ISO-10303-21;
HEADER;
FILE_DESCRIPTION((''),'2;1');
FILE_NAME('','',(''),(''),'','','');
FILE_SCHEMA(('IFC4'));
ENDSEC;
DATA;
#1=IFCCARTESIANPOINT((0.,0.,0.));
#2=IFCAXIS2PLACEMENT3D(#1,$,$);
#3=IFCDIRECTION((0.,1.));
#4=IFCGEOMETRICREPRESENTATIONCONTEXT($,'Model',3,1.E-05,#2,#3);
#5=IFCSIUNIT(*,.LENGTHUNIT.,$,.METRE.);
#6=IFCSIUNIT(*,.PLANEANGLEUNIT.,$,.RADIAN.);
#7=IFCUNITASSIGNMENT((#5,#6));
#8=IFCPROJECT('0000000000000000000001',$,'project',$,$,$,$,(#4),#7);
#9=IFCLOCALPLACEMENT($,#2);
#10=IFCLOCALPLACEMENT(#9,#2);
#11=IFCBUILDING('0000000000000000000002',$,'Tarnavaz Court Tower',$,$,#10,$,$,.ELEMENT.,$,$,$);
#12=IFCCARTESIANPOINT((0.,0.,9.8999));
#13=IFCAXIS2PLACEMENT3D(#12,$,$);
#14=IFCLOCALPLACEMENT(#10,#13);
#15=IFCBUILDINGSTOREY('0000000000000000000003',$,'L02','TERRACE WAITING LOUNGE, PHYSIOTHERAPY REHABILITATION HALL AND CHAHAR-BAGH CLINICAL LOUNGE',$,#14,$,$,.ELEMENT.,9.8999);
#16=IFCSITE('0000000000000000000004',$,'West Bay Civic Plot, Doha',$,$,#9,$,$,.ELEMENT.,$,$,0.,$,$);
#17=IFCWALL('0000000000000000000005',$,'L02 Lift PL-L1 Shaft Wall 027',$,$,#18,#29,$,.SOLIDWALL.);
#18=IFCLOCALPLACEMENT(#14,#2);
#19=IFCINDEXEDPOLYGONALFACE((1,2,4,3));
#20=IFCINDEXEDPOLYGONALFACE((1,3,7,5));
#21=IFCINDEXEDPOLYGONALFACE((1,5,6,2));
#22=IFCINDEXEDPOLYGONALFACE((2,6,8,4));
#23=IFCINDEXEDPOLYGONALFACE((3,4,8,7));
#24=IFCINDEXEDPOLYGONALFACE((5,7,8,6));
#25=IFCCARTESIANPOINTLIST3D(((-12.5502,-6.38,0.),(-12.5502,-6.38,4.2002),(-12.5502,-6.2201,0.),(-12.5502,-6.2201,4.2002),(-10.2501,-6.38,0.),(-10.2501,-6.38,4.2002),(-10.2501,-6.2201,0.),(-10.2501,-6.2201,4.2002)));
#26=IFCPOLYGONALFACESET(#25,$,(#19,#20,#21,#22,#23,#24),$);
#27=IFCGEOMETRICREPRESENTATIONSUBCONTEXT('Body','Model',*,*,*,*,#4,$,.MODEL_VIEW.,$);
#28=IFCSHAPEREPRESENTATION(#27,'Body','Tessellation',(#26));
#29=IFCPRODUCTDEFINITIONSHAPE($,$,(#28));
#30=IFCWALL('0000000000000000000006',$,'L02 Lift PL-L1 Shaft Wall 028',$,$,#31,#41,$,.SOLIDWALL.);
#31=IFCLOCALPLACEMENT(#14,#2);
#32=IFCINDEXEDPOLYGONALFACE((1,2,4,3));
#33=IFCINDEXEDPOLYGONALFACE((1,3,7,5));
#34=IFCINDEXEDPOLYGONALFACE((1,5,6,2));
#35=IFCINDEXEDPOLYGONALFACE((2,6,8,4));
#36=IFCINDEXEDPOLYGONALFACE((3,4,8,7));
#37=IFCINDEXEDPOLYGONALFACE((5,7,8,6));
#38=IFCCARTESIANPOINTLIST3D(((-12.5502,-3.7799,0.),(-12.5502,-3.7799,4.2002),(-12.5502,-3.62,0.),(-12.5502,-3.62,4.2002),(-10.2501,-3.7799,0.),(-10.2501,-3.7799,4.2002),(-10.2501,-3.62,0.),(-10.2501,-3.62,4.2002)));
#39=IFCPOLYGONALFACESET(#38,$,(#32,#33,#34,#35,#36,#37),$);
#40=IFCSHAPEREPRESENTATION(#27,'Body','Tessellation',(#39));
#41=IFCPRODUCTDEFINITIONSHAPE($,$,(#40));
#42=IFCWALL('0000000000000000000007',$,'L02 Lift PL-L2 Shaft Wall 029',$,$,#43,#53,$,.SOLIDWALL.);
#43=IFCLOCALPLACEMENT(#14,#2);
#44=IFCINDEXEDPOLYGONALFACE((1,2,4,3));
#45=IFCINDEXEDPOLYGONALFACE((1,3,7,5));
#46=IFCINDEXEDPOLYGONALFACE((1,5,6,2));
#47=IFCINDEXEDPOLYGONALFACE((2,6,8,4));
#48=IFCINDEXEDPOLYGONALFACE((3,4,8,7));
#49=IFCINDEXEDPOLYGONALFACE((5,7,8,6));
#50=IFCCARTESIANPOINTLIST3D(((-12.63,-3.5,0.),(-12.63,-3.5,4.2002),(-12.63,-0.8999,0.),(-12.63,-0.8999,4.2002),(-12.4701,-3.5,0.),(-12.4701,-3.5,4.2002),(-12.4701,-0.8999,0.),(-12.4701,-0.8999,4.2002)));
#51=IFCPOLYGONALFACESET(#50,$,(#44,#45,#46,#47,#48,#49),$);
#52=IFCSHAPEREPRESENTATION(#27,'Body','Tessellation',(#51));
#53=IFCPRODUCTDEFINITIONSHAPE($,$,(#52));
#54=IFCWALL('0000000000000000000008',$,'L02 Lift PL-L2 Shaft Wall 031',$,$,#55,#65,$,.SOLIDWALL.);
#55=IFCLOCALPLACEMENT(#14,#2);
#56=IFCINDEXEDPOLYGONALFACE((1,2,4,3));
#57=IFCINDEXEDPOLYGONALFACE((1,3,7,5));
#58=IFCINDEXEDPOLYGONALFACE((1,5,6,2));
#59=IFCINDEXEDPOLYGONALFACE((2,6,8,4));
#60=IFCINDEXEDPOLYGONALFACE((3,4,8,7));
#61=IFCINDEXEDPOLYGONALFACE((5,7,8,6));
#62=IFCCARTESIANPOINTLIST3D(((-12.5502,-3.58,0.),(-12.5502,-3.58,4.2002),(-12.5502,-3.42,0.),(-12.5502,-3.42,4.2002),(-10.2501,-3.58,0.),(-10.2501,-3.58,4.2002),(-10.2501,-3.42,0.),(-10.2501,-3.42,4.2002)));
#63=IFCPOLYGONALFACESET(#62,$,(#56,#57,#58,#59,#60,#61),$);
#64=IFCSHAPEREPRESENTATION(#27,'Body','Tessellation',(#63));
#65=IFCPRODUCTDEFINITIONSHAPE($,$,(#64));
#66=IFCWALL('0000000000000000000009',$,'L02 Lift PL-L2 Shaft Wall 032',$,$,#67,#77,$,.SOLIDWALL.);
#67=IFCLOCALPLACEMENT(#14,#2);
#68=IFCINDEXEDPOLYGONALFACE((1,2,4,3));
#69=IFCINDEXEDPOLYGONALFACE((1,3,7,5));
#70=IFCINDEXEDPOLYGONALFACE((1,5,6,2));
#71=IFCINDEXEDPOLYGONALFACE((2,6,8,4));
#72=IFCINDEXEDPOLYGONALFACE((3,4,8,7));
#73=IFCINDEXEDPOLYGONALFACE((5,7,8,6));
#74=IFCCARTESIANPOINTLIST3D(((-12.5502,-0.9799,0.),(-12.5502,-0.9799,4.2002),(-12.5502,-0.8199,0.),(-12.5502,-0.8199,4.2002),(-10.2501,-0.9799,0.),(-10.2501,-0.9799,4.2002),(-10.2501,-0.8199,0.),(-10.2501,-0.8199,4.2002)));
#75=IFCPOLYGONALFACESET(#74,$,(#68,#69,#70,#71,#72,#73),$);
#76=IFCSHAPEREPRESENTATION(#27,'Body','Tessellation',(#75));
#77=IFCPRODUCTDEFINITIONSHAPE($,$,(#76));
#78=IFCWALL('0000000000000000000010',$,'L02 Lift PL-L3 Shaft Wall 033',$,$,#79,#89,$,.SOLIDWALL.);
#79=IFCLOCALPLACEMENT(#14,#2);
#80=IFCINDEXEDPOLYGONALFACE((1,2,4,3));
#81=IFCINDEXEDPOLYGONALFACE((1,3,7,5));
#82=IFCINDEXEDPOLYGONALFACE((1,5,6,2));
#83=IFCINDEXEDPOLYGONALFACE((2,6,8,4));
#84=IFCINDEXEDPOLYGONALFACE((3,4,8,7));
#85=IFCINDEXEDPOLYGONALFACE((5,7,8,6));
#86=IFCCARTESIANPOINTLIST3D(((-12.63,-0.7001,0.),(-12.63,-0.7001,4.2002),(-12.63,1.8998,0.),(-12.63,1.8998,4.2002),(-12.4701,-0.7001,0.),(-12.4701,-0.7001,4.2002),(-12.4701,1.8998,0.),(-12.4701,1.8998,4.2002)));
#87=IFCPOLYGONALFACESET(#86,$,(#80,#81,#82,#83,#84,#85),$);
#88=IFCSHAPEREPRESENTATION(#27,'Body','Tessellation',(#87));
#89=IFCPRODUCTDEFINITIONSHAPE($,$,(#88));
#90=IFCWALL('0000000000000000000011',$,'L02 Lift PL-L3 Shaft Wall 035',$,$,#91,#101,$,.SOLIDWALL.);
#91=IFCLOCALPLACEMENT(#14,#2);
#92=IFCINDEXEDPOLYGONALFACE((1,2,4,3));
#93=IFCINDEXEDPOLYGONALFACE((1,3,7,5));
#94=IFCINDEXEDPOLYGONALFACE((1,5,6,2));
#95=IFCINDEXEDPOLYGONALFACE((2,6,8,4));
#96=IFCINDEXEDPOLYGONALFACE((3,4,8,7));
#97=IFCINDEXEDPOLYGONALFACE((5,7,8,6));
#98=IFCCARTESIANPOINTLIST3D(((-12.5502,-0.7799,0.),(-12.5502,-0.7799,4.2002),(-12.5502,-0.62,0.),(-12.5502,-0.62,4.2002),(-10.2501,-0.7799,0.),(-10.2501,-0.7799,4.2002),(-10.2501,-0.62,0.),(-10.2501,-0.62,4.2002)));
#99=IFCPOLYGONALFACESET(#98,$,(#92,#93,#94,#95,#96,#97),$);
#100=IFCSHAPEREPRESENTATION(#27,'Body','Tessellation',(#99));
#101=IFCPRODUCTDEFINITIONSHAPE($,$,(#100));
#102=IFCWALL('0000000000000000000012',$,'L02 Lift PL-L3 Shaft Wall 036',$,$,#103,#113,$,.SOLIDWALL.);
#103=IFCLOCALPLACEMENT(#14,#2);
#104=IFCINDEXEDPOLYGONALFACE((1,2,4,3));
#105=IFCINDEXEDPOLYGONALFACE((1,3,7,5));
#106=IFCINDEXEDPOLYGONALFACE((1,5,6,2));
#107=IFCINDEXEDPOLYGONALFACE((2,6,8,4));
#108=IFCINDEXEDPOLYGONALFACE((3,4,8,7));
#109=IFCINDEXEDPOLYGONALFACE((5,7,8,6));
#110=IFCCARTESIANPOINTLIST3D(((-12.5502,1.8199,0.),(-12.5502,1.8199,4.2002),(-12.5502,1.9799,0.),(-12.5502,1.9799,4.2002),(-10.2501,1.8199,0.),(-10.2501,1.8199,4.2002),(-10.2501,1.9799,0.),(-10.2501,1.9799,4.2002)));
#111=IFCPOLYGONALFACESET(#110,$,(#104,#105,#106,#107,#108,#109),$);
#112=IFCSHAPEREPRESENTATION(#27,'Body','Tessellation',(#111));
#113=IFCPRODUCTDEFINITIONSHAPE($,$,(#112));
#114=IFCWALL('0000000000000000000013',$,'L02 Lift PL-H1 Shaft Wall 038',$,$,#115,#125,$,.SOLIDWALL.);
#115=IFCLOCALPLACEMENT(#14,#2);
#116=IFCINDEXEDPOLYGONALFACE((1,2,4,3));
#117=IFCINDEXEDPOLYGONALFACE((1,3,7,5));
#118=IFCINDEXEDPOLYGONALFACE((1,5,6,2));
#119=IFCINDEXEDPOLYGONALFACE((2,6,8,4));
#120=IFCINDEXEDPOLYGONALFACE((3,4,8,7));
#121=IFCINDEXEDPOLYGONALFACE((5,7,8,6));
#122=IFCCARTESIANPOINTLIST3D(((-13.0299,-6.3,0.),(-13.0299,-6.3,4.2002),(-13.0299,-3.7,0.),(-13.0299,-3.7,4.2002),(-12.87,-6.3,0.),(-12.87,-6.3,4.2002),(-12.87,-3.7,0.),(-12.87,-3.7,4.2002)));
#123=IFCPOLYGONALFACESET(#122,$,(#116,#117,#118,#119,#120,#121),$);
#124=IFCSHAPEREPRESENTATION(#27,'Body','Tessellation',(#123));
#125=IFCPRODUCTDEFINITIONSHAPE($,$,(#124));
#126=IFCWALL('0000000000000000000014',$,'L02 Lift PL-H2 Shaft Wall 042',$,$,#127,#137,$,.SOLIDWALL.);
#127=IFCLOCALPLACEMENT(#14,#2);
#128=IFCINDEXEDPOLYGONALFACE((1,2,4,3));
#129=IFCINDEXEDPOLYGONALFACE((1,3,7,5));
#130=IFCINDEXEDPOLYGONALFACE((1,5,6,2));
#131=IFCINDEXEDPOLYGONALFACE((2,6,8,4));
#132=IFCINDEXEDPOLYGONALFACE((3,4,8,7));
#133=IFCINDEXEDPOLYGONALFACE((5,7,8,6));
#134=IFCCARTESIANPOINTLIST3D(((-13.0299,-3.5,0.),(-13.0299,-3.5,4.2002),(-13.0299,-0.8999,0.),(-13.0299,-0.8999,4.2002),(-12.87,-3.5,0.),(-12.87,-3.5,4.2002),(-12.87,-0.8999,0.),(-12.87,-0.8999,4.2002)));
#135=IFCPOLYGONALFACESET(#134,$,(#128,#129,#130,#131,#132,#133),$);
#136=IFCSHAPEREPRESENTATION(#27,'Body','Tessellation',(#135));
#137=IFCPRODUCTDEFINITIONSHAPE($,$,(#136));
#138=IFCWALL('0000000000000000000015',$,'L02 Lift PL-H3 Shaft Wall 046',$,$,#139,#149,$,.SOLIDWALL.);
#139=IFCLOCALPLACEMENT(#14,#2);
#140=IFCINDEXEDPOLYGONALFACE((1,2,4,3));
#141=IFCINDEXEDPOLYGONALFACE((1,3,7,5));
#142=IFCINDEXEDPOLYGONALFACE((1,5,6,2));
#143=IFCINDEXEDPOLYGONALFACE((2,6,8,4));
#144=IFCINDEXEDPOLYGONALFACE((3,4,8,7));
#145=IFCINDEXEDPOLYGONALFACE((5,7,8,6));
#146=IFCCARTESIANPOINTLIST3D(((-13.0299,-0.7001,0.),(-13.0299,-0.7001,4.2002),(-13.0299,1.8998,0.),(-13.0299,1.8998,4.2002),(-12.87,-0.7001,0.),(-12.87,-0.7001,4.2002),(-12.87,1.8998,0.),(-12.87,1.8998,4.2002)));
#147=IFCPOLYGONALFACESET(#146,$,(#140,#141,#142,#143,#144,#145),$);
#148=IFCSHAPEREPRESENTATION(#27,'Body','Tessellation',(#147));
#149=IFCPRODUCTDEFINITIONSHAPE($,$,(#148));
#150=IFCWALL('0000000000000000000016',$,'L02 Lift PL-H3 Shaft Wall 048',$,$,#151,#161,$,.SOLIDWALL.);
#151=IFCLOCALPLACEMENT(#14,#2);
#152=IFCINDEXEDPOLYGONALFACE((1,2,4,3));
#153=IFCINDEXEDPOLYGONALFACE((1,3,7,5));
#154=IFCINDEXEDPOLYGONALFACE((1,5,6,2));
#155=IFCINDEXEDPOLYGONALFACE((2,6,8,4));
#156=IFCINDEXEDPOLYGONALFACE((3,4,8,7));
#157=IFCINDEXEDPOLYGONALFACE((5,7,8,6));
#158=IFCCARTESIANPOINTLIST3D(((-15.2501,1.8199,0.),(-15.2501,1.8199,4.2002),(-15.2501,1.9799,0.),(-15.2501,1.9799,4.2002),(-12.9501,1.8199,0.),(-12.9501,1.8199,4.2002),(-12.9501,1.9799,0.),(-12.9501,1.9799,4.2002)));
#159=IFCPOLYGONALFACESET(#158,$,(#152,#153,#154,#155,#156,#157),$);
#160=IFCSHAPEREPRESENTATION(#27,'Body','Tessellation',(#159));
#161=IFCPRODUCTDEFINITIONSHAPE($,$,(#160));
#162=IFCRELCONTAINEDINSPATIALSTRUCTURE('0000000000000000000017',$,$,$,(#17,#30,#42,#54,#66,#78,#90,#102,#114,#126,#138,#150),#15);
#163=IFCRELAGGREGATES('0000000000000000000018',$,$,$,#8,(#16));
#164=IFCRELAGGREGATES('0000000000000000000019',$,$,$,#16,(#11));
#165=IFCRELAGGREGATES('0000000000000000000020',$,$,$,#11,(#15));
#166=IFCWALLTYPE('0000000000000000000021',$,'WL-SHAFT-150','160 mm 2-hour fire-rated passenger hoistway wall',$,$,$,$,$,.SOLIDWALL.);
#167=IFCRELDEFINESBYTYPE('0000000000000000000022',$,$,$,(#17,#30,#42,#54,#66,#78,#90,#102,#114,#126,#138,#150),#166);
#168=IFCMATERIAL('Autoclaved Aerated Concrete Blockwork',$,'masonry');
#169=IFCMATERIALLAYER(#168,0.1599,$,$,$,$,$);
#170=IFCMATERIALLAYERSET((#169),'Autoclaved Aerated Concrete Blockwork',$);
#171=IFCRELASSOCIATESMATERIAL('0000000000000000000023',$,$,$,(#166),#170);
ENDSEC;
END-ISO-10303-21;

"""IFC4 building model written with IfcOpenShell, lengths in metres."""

from ifc_helpers import new_model, si_unit, direction, frame, frame_2d, origin, place, context, subcontext, project, spatial, rectangle, extrude, material, layer, layer_set, type_object, element, save


model = new_model("IFC4")

# Units and contexts
model_context = context("Model", 3, precision=1e-05, world=origin(), true_north=direction((0.0, 1.0)))
body_context = subcontext(model_context, "Body", "Model", "MODEL_VIEW")
ifc_project = project(units=[si_unit("LENGTHUNIT", "METRE"), si_unit("PLANEANGLEUNIT", "RADIAN")], contexts=[model_context])

# Site, building, storey
site_placement = place(None, origin())
site = spatial("IfcSite", under=ifc_project, at=site_placement, Name="West Bay Civic Plot, Doha", CompositionType="ELEMENT", RefElevation=0.0)
building_placement = place(site_placement, origin())
building = spatial("IfcBuilding", under=site, at=building_placement, Name="Tarnavaz Court Tower", CompositionType="ELEMENT")
storey_placement = place(building_placement, frame((0.0, 0.0, 9.8999)))
storey = spatial("IfcBuildingStorey", under=building, at=storey_placement, Name="L02", Description="TERRACE WAITING LOUNGE, PHYSIOTHERAPY REHABILITATION HALL AND CHAHAR-BAGH CLINICAL LOUNGE", CompositionType="ELEMENT", Elevation=9.8999)

# Shared definitions
ifc_material_1 = material(Name="Autoclaved Aerated Concrete Blockwork", Category="masonry")
ifc_layer_1 = layer(ifc_material_1, 0.1599)
ifc_layer_set_1 = layer_set([ifc_layer_1], Name="Autoclaved Aerated Concrete Blockwork")
wall_type_1 = type_object("IfcWallType", Name="WL-SHAFT-150", Description="160 mm 2-hour fire-rated passenger hoistway wall", PredefinedType="SOLIDWALL", material=ifc_layer_set_1)

# Walls
for number, where, z_axis, x_axis, name in (
    (1, (-12.55, -6.3, 0.0), (0.0, 0.0, 1.0), (1.0, 0.0, 0.0), "L02 Lift PL-L1 Shaft Wall 027"),
    (2, (-12.55, -3.7, 0.0), (0.0, 0.0, 1.0), (1.0, 0.0, 0.0), "L02 Lift PL-L1 Shaft Wall 028"),
):
    element("IfcWall", number, at=place(storey_placement, frame(where, z_axis=z_axis, x_axis=x_axis)), inside=storey, type_object=wall_type_1, Name=name, PredefinedType="SOLIDWALL", context=body_context, shape_type="SweptSolid", body=[
        extrude(rectangle(XDim=2.3, YDim=0.1599, at=frame_2d((1.1499, 0.0))), origin(), (0.0, 0.0, 1.0), 4.2002),
    ])
wall_1_placement = place(storey_placement, frame((-12.55, -3.5, 0.0), z_axis=(0.0, 0.0, 1.0), x_axis=(0.0, 1.0, 0.0)))
element("IfcWall", 3, at=wall_1_placement, inside=storey, type_object=wall_type_1, Name="L02 Lift PL-L2 Shaft Wall 029", PredefinedType="SOLIDWALL", context=body_context, shape_type="SweptSolid", body=[
    extrude(rectangle(XDim=2.6001, YDim=0.1599, at=frame_2d((1.3, 0.0))), origin(), (0.0, 0.0, 1.0), 4.2002),
])

# Walls
for number, where, z_axis, x_axis, name in (
    (4, (-12.55, -3.5, 0.0), (0.0, 0.0, 1.0), (1.0, 0.0, 0.0), "L02 Lift PL-L2 Shaft Wall 031"),
    (5, (-12.55, -0.8999, 0.0), (0.0, 0.0, 1.0), (1.0, 0.0, 0.0), "L02 Lift PL-L2 Shaft Wall 032"),
):
    element("IfcWall", number, at=place(storey_placement, frame(where, z_axis=z_axis, x_axis=x_axis)), inside=storey, type_object=wall_type_1, Name=name, PredefinedType="SOLIDWALL", context=body_context, shape_type="SweptSolid", body=[
        extrude(rectangle(XDim=2.3, YDim=0.1599, at=frame_2d((1.1499, 0.0))), origin(), (0.0, 0.0, 1.0), 4.2002),
    ])
wall_2_placement = place(storey_placement, frame((-12.55, -0.7, 0.0), z_axis=(0.0, 0.0, 1.0), x_axis=(0.0, 1.0, 0.0)))
element("IfcWall", 6, at=wall_2_placement, inside=storey, type_object=wall_type_1, Name="L02 Lift PL-L3 Shaft Wall 033", PredefinedType="SOLIDWALL", context=body_context, shape_type="SweptSolid", body=[
    extrude(rectangle(XDim=2.5999, YDim=0.1599, at=frame_2d((1.2998, 0.0))), origin(), (0.0, 0.0, 1.0), 4.2002),
])

# Walls
for number, where, z_axis, x_axis, name in (
    (7, (-12.55, -0.7, 0.0), (0.0, 0.0, 1.0), (1.0, 0.0, 0.0), "L02 Lift PL-L3 Shaft Wall 035"),
    (8, (-12.55, 1.8999, 0.0), (0.0, 0.0, 1.0), (1.0, 0.0, 0.0), "L02 Lift PL-L3 Shaft Wall 036"),
):
    element("IfcWall", number, at=place(storey_placement, frame(where, z_axis=z_axis, x_axis=x_axis)), inside=storey, type_object=wall_type_1, Name=name, PredefinedType="SOLIDWALL", context=body_context, shape_type="SweptSolid", body=[
        extrude(rectangle(XDim=2.3, YDim=0.1599, at=frame_2d((1.1499, 0.0))), origin(), (0.0, 0.0, 1.0), 4.2002),
    ])
for number, where, z_axis, x_axis, name in (
    (9, (-12.95, -6.3, 0.0), (0.0, 0.0, 1.0), (0.0, 1.0, 0.0), "L02 Lift PL-H1 Shaft Wall 038"),
    (10, (-12.95, -3.5, 0.0), (0.0, 0.0, 1.0), (0.0, 1.0, 0.0), "L02 Lift PL-H2 Shaft Wall 042"),
):
    element("IfcWall", number, at=place(storey_placement, frame(where, z_axis=z_axis, x_axis=x_axis)), inside=storey, type_object=wall_type_1, Name=name, PredefinedType="SOLIDWALL", context=body_context, shape_type="SweptSolid", body=[
        extrude(rectangle(XDim=2.6001, YDim=0.1599, at=frame_2d((1.3, 0.0))), origin(), (0.0, 0.0, 1.0), 4.2002),
    ])
wall_3_placement = place(storey_placement, frame((-12.95, -0.7, 0.0), z_axis=(0.0, 0.0, 1.0), x_axis=(0.0, 1.0, 0.0)))
element("IfcWall", 11, at=wall_3_placement, inside=storey, type_object=wall_type_1, Name="L02 Lift PL-H3 Shaft Wall 046", PredefinedType="SOLIDWALL", context=body_context, shape_type="SweptSolid", body=[
    extrude(rectangle(XDim=2.5999, YDim=0.1599, at=frame_2d((1.2998, 0.0))), origin(), (0.0, 0.0, 1.0), 4.2002),
])
wall_4_placement = place(storey_placement, frame((-15.25, 1.8999, 0.0), z_axis=(0.0, 0.0, 1.0), x_axis=(1.0, 0.0, 0.0)))
element("IfcWall", 12, at=wall_4_placement, inside=storey, type_object=wall_type_1, Name="L02 Lift PL-H3 Shaft Wall 048", PredefinedType="SOLIDWALL", context=body_context, shape_type="SweptSolid", body=[
    extrude(rectangle(XDim=2.3, YDim=0.1599, at=frame_2d((1.1499, 0.0))), origin(), (0.0, 0.0, 1.0), 4.2002),
])

save(model, "model.ifc")
